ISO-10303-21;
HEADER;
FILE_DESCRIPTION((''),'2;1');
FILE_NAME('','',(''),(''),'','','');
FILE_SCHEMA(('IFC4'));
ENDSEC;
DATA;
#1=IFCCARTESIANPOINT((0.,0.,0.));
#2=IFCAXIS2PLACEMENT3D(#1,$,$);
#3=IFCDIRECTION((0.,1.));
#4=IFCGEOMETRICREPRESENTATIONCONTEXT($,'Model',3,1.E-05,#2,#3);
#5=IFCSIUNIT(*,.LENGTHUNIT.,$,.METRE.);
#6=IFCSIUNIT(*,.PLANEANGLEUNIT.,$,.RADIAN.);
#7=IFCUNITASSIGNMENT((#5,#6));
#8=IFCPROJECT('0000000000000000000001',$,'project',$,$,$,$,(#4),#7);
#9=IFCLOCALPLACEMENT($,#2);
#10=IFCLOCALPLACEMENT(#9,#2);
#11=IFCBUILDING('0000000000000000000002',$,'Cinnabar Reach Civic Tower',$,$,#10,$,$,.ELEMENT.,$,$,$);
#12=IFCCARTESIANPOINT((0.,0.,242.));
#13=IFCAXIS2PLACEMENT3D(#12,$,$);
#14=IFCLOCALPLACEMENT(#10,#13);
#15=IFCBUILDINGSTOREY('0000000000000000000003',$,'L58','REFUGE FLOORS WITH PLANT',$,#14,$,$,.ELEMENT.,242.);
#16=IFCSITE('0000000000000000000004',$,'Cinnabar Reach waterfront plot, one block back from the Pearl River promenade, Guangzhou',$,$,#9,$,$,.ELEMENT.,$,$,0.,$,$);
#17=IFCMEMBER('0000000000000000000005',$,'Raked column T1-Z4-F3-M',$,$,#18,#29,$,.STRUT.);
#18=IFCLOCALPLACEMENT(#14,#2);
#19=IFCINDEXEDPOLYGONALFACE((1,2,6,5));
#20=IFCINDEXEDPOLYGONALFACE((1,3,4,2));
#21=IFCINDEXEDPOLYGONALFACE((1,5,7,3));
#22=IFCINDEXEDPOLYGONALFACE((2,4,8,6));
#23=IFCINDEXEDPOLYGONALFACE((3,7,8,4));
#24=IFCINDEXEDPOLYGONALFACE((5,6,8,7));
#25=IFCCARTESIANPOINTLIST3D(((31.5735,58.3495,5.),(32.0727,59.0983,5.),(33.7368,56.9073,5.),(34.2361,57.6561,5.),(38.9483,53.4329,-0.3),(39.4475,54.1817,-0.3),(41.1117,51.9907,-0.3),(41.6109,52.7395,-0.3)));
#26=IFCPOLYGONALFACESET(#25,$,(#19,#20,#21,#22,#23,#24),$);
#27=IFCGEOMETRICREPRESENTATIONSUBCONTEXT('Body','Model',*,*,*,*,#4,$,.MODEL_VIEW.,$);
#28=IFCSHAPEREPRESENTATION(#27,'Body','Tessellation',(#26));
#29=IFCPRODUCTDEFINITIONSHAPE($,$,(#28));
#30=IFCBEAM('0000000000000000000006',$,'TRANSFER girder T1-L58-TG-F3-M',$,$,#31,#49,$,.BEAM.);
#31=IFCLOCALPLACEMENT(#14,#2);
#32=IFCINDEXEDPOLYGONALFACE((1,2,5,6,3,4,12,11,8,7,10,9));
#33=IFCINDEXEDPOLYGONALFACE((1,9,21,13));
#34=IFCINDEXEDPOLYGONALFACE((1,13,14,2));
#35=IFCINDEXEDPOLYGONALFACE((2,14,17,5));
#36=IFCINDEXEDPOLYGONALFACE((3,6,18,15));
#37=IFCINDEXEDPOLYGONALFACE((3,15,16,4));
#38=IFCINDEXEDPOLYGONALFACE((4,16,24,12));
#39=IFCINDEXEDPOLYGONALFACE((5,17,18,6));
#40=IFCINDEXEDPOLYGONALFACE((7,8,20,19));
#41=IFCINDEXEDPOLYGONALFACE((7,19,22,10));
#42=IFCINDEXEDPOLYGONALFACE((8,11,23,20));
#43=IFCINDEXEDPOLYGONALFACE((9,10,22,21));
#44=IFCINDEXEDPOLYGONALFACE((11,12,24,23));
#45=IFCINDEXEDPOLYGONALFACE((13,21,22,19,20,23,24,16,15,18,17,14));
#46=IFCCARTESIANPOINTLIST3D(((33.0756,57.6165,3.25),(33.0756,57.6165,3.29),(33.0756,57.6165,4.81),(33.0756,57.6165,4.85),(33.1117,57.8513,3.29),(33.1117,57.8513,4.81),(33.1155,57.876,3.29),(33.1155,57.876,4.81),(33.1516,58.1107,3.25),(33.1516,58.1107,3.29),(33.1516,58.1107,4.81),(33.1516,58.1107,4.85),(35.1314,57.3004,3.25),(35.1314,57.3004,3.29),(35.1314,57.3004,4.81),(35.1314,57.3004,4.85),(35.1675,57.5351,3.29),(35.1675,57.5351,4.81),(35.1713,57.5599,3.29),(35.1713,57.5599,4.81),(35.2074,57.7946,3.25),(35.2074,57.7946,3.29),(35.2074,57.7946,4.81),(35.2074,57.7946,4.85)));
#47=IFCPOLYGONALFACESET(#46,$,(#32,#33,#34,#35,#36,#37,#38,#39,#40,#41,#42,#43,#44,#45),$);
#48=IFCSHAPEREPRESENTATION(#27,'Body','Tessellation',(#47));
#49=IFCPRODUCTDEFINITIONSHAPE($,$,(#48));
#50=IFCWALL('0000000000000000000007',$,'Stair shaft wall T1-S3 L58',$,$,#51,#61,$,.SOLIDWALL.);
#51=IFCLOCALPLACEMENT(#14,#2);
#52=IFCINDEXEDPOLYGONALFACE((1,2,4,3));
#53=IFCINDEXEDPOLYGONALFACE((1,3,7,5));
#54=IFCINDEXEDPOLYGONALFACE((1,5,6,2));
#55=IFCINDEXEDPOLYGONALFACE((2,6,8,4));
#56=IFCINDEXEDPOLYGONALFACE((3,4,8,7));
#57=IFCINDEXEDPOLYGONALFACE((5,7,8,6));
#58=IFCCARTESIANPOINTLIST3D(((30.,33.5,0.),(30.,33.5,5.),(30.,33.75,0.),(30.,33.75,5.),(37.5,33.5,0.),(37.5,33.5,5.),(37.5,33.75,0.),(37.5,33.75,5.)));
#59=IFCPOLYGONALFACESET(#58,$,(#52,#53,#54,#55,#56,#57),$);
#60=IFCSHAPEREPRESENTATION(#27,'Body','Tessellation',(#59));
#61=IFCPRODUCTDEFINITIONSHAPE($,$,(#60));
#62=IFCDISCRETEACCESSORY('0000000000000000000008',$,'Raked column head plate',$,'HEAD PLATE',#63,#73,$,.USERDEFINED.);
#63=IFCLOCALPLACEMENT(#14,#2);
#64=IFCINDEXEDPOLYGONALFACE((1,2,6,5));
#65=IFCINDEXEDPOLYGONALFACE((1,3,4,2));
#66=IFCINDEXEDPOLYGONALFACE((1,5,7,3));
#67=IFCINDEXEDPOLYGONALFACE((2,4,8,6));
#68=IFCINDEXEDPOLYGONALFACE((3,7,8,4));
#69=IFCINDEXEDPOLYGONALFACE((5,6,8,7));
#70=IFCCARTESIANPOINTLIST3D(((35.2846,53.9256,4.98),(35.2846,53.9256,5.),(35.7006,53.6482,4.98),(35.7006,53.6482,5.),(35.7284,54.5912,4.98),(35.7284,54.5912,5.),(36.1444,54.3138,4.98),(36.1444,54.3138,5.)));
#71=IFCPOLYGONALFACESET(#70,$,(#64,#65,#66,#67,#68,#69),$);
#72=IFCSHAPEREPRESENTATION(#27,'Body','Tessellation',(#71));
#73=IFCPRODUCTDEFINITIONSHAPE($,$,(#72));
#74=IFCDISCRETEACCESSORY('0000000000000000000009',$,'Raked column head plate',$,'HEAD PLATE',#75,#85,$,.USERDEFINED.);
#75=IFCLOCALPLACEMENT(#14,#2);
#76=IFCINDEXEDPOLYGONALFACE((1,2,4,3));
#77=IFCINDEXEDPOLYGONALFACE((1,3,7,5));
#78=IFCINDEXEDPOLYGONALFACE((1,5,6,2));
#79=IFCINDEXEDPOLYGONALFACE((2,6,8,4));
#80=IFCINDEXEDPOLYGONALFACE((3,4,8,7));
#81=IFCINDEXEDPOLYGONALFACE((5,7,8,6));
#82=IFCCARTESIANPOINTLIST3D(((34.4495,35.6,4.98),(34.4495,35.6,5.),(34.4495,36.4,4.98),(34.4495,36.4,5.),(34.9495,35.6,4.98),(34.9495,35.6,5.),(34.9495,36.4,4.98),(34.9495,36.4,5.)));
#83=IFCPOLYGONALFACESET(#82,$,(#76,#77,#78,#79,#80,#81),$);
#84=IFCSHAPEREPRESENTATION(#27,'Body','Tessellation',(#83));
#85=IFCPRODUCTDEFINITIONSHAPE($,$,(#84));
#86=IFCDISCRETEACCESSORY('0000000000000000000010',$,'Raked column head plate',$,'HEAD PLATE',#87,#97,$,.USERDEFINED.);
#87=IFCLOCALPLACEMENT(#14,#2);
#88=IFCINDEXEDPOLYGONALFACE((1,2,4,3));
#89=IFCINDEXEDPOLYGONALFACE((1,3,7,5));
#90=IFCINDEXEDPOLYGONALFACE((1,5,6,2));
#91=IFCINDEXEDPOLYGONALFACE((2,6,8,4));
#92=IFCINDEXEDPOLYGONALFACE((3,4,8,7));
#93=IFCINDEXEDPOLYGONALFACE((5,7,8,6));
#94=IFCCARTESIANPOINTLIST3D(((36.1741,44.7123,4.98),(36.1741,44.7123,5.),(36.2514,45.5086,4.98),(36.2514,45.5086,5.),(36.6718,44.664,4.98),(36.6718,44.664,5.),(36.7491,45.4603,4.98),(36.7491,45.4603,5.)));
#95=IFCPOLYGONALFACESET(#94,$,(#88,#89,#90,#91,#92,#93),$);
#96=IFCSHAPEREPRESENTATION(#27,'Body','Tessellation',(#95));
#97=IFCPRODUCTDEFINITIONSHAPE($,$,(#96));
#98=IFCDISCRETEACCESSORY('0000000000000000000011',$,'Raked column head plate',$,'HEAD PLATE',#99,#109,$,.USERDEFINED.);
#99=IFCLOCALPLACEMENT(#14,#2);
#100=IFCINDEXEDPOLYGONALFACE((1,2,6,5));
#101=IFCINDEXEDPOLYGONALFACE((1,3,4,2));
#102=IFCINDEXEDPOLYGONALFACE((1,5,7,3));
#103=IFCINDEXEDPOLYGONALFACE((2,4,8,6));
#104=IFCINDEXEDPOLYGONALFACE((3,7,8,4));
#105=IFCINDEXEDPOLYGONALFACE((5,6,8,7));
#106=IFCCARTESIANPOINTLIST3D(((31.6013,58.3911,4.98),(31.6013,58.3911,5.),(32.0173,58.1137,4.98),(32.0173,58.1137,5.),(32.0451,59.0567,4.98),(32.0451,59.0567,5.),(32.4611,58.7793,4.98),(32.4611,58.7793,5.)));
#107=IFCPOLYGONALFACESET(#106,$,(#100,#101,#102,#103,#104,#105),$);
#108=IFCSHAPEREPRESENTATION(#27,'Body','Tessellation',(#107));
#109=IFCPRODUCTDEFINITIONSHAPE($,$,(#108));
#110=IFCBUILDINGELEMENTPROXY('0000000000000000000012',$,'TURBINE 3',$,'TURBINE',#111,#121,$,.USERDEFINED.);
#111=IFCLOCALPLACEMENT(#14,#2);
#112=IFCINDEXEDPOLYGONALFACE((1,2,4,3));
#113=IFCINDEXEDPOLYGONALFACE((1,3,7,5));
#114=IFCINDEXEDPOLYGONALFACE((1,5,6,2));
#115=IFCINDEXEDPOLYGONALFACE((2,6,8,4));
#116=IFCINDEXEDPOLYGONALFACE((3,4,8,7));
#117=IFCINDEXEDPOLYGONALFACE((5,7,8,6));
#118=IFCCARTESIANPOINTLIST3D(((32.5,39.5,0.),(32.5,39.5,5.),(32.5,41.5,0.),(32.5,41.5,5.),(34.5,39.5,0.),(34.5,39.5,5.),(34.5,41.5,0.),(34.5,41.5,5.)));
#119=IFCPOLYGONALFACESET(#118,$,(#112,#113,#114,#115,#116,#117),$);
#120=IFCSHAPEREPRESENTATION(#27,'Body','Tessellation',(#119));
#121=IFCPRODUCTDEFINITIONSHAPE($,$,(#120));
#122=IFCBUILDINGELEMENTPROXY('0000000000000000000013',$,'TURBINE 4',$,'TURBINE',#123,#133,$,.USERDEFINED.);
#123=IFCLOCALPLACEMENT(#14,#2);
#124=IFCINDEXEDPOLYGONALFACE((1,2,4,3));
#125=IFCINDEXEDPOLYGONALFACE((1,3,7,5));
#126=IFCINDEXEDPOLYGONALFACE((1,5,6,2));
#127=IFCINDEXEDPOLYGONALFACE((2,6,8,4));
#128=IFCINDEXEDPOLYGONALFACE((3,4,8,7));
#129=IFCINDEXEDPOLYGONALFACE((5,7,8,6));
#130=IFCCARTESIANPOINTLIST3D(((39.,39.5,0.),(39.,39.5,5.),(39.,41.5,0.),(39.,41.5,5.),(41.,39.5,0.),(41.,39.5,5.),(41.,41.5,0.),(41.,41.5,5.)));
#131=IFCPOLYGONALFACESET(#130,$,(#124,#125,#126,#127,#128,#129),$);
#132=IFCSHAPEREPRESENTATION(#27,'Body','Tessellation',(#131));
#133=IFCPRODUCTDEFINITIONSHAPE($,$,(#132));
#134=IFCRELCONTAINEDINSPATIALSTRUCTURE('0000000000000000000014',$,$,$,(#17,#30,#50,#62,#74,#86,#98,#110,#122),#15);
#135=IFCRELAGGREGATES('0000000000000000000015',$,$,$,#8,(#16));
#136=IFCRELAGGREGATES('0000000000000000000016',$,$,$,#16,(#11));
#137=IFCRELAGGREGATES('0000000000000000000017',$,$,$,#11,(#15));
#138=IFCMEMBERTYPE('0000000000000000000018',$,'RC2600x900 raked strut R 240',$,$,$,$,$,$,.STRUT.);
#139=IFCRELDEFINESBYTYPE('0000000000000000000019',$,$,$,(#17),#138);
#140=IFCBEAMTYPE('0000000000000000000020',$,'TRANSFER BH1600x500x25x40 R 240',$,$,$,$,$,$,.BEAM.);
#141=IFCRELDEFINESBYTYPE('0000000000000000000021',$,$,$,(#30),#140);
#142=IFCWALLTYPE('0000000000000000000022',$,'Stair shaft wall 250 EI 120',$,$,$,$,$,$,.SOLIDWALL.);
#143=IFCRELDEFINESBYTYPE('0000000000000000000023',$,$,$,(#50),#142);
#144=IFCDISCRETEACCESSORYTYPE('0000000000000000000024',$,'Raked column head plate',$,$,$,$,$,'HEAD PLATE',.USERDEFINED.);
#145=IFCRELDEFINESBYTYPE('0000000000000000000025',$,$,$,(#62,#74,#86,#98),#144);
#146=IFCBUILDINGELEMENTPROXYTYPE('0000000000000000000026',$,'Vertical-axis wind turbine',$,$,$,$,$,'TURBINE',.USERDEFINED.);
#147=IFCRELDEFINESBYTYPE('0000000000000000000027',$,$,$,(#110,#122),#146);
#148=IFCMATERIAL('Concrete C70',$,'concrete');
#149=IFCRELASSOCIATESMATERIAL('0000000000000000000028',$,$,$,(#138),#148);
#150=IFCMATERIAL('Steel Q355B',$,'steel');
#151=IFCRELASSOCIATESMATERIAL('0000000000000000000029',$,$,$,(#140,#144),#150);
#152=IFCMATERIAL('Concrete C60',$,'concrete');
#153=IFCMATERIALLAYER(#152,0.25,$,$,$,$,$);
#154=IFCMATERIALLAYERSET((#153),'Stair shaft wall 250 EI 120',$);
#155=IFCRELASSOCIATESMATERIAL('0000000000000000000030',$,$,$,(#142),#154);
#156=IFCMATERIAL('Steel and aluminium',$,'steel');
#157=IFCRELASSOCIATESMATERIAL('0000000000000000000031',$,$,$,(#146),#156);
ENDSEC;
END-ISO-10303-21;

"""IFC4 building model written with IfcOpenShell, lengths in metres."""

from ifc_helpers import new_model, si_unit, direction, frame, frame_2d, origin, origin_2d, place, context, subcontext, project, spatial, rectangle, i_section, extrude, material, layer, layer_set, material_profile, profile_set, type_object, element, save


model = new_model("IFC4")

# Units and contexts
model_context = context("Model", 3, precision=1e-05, world=origin(), true_north=direction((0.0, 1.0)))
body_context = subcontext(model_context, "Body", "Model", "MODEL_VIEW")
ifc_project = project(units=[si_unit("LENGTHUNIT", "METRE"), si_unit("PLANEANGLEUNIT", "RADIAN")], contexts=[model_context])

# Site, building, storey
site_placement = place(None, origin())
site = spatial("IfcSite", under=ifc_project, at=site_placement, Name="Cinnabar Reach waterfront plot, one block back from the Pearl River promenade, Guangzhou", CompositionType="ELEMENT", RefElevation=0.0)
building_placement = place(site_placement, origin())
building = spatial("IfcBuilding", under=site, at=building_placement, Name="Cinnabar Reach Civic Tower", CompositionType="ELEMENT")
storey_placement = place(building_placement, frame((0.0, 0.0, 242.0)))
storey = spatial("IfcBuildingStorey", under=building, at=storey_placement, Name="L58", Description="REFUGE FLOORS WITH PLANT", CompositionType="ELEMENT", Elevation=242.0)

# Shared definitions
ifc_material_1 = material(Name="Concrete C60", Category="concrete")
ifc_material_2 = material(Name="Concrete C70", Category="concrete")

# Shared definitions
ifc_material_3 = material(Name="Steel Q355B", Category="steel")

# Member
ifc_material_profile_1 = material_profile(ifc_material_2, rectangle(XDim=2.6, YDim=0.9, at=origin_2d()), Name="RC2600x900")
ifc_profile_set_1 = profile_set([ifc_material_profile_1], Name="Concrete C70")
member_type_1 = type_object("IfcMemberType", Name="RC2600x900 raked strut R 240", PredefinedType="STRUT", material=ifc_profile_set_1)
member_1_placement = place(storey_placement, frame((40.2796, 53.0862, -0.3), z_axis=(0.0, 0.0, 1.0), x_axis=(-0.832051, 0.554699, 0.0)))
element("IfcMember", 1, at=member_1_placement, inside=storey, type_object=member_type_1, Name="Raked column T1-Z4-F3-M", PredefinedType="STRUT", context=body_context, shape_type="SweptSolid", body=[
    extrude(rectangle(XDim=2.6, YDim=0.9, at=origin_2d()), origin(), (0.858264, -0.000006, 0.513209), 10.3272),
])

# Beam
ifc_material_profile_2 = material_profile(ifc_material_3, i_section(OverallWidth=0.5, OverallDepth=1.6, WebThickness=0.025, FlangeThickness=0.04, at=origin_2d()), Name="BH1600x500x25x40")
ifc_profile_set_2 = profile_set([ifc_material_profile_2], Name="Steel Q355B")
beam_type_1 = type_object("IfcBeamType", Name="TRANSFER BH1600x500x25x40 R 240", PredefinedType="BEAM", material=ifc_profile_set_2)
beam_1_placement = place(storey_placement, frame((35.1694, 57.5475, 4.05), z_axis=(-0.988384, 0.151974, 0.0), x_axis=(-0.151974, -0.988384, 0.0)))
element("IfcBeam", 2, at=beam_1_placement, inside=storey, type_object=beam_type_1, Name="TRANSFER girder T1-L58-TG-F3-M", PredefinedType="BEAM", context=body_context, shape_type="SweptSolid", body=[
    extrude(i_section(OverallWidth=0.5, OverallDepth=1.6, WebThickness=0.025, FlangeThickness=0.04, at=origin_2d()), origin(), (0.0, 0.0, 1.0), 2.08),
])

# Wall
ifc_layer = layer(ifc_material_1, 0.25)
ifc_layer_set = layer_set([ifc_layer], Name="Stair shaft wall 250 EI 120")
wall_type = type_object("IfcWallType", Name="Stair shaft wall 250 EI 120", PredefinedType="SOLIDWALL", material=ifc_layer_set)
wall_placement = place(storey_placement, frame((37.5, 33.625, 0.0), z_axis=(0.0, 0.0, 1.0), x_axis=(-1.0, 0.0, 0.0)))
element("IfcWall", 3, at=wall_placement, inside=storey, type_object=wall_type, Name="Stair shaft wall T1-S3 L58", PredefinedType="SOLIDWALL", context=body_context, shape_type="SweptSolid", body=[
    extrude(rectangle(XDim=7.5, YDim=0.25, at=frame_2d((3.75, 0.0))), origin(), (0.0, 0.0, 1.0), 5.0),
])

# Discrete accessories
discrete_accessory_type = type_object("IfcDiscreteAccessoryType", Name="Raked column head plate", ElementType="HEAD PLATE", PredefinedType="USERDEFINED", material=ifc_material_3)
for number, where, z_axis, x_axis, name in (
    (4, (35.7145, 54.1197, 4.98), (0.0, 0.0, 1.0), (-0.832051, 0.554699, 0.0), "Raked column head plate"),
    (5, (34.6995, 36.0, 4.98), (0.0, 0.0, 1.0), (-1.0, 0.0, 0.0), "Raked column head plate"),
    (6, (36.4616, 45.0863, 4.98), (0.0, 0.0, 1.0), (-0.995316, 0.09668, 0.0), "Raked column head plate"),
    (7, (32.0312, 58.5852, 4.98), (0.0, 0.0, 1.0), (-0.832051, 0.554699, 0.0), "Raked column head plate"),
):
    element("IfcDiscreteAccessory", number, at=place(storey_placement, frame(where, z_axis=z_axis, x_axis=x_axis)), inside=storey, type_object=discrete_accessory_type, Name=name, ObjectType="HEAD PLATE", PredefinedType="USERDEFINED", context=body_context, shape_type="SweptSolid", body=[
        extrude(rectangle(XDim=0.5, YDim=0.8, at=origin_2d()), origin(), (0.0, 0.0, 1.0), 0.02),
    ])

# Building element proxies
ifc_material_4 = material(Name="Steel and aluminium", Category="steel")
building_element_proxy_type = type_object("IfcBuildingElementProxyType", Name="Vertical-axis wind turbine", ElementType="TURBINE", PredefinedType="USERDEFINED", material=ifc_material_4)
for number, where, z_axis, x_axis, name in (
    (8, (33.5, 40.5, 0.0), (0.0, 0.0, 1.0), (1.0, 0.0, 0.0), "TURBINE 3"),
    (9, (40.0, 40.5, 0.0), (0.0, 0.0, 1.0), (1.0, 0.0, 0.0), "TURBINE 4"),
):
    element("IfcBuildingElementProxy", number, at=place(storey_placement, frame(where, z_axis=z_axis, x_axis=x_axis)), inside=storey, type_object=building_element_proxy_type, Name=name, ObjectType="TURBINE", PredefinedType="USERDEFINED", context=body_context, shape_type="SweptSolid", body=[
        extrude(rectangle(XDim=2.0, YDim=2.0, at=origin_2d()), origin(), (0.0, 0.0, 1.0), 5.0),
    ])

save(model, "model.ifc")
